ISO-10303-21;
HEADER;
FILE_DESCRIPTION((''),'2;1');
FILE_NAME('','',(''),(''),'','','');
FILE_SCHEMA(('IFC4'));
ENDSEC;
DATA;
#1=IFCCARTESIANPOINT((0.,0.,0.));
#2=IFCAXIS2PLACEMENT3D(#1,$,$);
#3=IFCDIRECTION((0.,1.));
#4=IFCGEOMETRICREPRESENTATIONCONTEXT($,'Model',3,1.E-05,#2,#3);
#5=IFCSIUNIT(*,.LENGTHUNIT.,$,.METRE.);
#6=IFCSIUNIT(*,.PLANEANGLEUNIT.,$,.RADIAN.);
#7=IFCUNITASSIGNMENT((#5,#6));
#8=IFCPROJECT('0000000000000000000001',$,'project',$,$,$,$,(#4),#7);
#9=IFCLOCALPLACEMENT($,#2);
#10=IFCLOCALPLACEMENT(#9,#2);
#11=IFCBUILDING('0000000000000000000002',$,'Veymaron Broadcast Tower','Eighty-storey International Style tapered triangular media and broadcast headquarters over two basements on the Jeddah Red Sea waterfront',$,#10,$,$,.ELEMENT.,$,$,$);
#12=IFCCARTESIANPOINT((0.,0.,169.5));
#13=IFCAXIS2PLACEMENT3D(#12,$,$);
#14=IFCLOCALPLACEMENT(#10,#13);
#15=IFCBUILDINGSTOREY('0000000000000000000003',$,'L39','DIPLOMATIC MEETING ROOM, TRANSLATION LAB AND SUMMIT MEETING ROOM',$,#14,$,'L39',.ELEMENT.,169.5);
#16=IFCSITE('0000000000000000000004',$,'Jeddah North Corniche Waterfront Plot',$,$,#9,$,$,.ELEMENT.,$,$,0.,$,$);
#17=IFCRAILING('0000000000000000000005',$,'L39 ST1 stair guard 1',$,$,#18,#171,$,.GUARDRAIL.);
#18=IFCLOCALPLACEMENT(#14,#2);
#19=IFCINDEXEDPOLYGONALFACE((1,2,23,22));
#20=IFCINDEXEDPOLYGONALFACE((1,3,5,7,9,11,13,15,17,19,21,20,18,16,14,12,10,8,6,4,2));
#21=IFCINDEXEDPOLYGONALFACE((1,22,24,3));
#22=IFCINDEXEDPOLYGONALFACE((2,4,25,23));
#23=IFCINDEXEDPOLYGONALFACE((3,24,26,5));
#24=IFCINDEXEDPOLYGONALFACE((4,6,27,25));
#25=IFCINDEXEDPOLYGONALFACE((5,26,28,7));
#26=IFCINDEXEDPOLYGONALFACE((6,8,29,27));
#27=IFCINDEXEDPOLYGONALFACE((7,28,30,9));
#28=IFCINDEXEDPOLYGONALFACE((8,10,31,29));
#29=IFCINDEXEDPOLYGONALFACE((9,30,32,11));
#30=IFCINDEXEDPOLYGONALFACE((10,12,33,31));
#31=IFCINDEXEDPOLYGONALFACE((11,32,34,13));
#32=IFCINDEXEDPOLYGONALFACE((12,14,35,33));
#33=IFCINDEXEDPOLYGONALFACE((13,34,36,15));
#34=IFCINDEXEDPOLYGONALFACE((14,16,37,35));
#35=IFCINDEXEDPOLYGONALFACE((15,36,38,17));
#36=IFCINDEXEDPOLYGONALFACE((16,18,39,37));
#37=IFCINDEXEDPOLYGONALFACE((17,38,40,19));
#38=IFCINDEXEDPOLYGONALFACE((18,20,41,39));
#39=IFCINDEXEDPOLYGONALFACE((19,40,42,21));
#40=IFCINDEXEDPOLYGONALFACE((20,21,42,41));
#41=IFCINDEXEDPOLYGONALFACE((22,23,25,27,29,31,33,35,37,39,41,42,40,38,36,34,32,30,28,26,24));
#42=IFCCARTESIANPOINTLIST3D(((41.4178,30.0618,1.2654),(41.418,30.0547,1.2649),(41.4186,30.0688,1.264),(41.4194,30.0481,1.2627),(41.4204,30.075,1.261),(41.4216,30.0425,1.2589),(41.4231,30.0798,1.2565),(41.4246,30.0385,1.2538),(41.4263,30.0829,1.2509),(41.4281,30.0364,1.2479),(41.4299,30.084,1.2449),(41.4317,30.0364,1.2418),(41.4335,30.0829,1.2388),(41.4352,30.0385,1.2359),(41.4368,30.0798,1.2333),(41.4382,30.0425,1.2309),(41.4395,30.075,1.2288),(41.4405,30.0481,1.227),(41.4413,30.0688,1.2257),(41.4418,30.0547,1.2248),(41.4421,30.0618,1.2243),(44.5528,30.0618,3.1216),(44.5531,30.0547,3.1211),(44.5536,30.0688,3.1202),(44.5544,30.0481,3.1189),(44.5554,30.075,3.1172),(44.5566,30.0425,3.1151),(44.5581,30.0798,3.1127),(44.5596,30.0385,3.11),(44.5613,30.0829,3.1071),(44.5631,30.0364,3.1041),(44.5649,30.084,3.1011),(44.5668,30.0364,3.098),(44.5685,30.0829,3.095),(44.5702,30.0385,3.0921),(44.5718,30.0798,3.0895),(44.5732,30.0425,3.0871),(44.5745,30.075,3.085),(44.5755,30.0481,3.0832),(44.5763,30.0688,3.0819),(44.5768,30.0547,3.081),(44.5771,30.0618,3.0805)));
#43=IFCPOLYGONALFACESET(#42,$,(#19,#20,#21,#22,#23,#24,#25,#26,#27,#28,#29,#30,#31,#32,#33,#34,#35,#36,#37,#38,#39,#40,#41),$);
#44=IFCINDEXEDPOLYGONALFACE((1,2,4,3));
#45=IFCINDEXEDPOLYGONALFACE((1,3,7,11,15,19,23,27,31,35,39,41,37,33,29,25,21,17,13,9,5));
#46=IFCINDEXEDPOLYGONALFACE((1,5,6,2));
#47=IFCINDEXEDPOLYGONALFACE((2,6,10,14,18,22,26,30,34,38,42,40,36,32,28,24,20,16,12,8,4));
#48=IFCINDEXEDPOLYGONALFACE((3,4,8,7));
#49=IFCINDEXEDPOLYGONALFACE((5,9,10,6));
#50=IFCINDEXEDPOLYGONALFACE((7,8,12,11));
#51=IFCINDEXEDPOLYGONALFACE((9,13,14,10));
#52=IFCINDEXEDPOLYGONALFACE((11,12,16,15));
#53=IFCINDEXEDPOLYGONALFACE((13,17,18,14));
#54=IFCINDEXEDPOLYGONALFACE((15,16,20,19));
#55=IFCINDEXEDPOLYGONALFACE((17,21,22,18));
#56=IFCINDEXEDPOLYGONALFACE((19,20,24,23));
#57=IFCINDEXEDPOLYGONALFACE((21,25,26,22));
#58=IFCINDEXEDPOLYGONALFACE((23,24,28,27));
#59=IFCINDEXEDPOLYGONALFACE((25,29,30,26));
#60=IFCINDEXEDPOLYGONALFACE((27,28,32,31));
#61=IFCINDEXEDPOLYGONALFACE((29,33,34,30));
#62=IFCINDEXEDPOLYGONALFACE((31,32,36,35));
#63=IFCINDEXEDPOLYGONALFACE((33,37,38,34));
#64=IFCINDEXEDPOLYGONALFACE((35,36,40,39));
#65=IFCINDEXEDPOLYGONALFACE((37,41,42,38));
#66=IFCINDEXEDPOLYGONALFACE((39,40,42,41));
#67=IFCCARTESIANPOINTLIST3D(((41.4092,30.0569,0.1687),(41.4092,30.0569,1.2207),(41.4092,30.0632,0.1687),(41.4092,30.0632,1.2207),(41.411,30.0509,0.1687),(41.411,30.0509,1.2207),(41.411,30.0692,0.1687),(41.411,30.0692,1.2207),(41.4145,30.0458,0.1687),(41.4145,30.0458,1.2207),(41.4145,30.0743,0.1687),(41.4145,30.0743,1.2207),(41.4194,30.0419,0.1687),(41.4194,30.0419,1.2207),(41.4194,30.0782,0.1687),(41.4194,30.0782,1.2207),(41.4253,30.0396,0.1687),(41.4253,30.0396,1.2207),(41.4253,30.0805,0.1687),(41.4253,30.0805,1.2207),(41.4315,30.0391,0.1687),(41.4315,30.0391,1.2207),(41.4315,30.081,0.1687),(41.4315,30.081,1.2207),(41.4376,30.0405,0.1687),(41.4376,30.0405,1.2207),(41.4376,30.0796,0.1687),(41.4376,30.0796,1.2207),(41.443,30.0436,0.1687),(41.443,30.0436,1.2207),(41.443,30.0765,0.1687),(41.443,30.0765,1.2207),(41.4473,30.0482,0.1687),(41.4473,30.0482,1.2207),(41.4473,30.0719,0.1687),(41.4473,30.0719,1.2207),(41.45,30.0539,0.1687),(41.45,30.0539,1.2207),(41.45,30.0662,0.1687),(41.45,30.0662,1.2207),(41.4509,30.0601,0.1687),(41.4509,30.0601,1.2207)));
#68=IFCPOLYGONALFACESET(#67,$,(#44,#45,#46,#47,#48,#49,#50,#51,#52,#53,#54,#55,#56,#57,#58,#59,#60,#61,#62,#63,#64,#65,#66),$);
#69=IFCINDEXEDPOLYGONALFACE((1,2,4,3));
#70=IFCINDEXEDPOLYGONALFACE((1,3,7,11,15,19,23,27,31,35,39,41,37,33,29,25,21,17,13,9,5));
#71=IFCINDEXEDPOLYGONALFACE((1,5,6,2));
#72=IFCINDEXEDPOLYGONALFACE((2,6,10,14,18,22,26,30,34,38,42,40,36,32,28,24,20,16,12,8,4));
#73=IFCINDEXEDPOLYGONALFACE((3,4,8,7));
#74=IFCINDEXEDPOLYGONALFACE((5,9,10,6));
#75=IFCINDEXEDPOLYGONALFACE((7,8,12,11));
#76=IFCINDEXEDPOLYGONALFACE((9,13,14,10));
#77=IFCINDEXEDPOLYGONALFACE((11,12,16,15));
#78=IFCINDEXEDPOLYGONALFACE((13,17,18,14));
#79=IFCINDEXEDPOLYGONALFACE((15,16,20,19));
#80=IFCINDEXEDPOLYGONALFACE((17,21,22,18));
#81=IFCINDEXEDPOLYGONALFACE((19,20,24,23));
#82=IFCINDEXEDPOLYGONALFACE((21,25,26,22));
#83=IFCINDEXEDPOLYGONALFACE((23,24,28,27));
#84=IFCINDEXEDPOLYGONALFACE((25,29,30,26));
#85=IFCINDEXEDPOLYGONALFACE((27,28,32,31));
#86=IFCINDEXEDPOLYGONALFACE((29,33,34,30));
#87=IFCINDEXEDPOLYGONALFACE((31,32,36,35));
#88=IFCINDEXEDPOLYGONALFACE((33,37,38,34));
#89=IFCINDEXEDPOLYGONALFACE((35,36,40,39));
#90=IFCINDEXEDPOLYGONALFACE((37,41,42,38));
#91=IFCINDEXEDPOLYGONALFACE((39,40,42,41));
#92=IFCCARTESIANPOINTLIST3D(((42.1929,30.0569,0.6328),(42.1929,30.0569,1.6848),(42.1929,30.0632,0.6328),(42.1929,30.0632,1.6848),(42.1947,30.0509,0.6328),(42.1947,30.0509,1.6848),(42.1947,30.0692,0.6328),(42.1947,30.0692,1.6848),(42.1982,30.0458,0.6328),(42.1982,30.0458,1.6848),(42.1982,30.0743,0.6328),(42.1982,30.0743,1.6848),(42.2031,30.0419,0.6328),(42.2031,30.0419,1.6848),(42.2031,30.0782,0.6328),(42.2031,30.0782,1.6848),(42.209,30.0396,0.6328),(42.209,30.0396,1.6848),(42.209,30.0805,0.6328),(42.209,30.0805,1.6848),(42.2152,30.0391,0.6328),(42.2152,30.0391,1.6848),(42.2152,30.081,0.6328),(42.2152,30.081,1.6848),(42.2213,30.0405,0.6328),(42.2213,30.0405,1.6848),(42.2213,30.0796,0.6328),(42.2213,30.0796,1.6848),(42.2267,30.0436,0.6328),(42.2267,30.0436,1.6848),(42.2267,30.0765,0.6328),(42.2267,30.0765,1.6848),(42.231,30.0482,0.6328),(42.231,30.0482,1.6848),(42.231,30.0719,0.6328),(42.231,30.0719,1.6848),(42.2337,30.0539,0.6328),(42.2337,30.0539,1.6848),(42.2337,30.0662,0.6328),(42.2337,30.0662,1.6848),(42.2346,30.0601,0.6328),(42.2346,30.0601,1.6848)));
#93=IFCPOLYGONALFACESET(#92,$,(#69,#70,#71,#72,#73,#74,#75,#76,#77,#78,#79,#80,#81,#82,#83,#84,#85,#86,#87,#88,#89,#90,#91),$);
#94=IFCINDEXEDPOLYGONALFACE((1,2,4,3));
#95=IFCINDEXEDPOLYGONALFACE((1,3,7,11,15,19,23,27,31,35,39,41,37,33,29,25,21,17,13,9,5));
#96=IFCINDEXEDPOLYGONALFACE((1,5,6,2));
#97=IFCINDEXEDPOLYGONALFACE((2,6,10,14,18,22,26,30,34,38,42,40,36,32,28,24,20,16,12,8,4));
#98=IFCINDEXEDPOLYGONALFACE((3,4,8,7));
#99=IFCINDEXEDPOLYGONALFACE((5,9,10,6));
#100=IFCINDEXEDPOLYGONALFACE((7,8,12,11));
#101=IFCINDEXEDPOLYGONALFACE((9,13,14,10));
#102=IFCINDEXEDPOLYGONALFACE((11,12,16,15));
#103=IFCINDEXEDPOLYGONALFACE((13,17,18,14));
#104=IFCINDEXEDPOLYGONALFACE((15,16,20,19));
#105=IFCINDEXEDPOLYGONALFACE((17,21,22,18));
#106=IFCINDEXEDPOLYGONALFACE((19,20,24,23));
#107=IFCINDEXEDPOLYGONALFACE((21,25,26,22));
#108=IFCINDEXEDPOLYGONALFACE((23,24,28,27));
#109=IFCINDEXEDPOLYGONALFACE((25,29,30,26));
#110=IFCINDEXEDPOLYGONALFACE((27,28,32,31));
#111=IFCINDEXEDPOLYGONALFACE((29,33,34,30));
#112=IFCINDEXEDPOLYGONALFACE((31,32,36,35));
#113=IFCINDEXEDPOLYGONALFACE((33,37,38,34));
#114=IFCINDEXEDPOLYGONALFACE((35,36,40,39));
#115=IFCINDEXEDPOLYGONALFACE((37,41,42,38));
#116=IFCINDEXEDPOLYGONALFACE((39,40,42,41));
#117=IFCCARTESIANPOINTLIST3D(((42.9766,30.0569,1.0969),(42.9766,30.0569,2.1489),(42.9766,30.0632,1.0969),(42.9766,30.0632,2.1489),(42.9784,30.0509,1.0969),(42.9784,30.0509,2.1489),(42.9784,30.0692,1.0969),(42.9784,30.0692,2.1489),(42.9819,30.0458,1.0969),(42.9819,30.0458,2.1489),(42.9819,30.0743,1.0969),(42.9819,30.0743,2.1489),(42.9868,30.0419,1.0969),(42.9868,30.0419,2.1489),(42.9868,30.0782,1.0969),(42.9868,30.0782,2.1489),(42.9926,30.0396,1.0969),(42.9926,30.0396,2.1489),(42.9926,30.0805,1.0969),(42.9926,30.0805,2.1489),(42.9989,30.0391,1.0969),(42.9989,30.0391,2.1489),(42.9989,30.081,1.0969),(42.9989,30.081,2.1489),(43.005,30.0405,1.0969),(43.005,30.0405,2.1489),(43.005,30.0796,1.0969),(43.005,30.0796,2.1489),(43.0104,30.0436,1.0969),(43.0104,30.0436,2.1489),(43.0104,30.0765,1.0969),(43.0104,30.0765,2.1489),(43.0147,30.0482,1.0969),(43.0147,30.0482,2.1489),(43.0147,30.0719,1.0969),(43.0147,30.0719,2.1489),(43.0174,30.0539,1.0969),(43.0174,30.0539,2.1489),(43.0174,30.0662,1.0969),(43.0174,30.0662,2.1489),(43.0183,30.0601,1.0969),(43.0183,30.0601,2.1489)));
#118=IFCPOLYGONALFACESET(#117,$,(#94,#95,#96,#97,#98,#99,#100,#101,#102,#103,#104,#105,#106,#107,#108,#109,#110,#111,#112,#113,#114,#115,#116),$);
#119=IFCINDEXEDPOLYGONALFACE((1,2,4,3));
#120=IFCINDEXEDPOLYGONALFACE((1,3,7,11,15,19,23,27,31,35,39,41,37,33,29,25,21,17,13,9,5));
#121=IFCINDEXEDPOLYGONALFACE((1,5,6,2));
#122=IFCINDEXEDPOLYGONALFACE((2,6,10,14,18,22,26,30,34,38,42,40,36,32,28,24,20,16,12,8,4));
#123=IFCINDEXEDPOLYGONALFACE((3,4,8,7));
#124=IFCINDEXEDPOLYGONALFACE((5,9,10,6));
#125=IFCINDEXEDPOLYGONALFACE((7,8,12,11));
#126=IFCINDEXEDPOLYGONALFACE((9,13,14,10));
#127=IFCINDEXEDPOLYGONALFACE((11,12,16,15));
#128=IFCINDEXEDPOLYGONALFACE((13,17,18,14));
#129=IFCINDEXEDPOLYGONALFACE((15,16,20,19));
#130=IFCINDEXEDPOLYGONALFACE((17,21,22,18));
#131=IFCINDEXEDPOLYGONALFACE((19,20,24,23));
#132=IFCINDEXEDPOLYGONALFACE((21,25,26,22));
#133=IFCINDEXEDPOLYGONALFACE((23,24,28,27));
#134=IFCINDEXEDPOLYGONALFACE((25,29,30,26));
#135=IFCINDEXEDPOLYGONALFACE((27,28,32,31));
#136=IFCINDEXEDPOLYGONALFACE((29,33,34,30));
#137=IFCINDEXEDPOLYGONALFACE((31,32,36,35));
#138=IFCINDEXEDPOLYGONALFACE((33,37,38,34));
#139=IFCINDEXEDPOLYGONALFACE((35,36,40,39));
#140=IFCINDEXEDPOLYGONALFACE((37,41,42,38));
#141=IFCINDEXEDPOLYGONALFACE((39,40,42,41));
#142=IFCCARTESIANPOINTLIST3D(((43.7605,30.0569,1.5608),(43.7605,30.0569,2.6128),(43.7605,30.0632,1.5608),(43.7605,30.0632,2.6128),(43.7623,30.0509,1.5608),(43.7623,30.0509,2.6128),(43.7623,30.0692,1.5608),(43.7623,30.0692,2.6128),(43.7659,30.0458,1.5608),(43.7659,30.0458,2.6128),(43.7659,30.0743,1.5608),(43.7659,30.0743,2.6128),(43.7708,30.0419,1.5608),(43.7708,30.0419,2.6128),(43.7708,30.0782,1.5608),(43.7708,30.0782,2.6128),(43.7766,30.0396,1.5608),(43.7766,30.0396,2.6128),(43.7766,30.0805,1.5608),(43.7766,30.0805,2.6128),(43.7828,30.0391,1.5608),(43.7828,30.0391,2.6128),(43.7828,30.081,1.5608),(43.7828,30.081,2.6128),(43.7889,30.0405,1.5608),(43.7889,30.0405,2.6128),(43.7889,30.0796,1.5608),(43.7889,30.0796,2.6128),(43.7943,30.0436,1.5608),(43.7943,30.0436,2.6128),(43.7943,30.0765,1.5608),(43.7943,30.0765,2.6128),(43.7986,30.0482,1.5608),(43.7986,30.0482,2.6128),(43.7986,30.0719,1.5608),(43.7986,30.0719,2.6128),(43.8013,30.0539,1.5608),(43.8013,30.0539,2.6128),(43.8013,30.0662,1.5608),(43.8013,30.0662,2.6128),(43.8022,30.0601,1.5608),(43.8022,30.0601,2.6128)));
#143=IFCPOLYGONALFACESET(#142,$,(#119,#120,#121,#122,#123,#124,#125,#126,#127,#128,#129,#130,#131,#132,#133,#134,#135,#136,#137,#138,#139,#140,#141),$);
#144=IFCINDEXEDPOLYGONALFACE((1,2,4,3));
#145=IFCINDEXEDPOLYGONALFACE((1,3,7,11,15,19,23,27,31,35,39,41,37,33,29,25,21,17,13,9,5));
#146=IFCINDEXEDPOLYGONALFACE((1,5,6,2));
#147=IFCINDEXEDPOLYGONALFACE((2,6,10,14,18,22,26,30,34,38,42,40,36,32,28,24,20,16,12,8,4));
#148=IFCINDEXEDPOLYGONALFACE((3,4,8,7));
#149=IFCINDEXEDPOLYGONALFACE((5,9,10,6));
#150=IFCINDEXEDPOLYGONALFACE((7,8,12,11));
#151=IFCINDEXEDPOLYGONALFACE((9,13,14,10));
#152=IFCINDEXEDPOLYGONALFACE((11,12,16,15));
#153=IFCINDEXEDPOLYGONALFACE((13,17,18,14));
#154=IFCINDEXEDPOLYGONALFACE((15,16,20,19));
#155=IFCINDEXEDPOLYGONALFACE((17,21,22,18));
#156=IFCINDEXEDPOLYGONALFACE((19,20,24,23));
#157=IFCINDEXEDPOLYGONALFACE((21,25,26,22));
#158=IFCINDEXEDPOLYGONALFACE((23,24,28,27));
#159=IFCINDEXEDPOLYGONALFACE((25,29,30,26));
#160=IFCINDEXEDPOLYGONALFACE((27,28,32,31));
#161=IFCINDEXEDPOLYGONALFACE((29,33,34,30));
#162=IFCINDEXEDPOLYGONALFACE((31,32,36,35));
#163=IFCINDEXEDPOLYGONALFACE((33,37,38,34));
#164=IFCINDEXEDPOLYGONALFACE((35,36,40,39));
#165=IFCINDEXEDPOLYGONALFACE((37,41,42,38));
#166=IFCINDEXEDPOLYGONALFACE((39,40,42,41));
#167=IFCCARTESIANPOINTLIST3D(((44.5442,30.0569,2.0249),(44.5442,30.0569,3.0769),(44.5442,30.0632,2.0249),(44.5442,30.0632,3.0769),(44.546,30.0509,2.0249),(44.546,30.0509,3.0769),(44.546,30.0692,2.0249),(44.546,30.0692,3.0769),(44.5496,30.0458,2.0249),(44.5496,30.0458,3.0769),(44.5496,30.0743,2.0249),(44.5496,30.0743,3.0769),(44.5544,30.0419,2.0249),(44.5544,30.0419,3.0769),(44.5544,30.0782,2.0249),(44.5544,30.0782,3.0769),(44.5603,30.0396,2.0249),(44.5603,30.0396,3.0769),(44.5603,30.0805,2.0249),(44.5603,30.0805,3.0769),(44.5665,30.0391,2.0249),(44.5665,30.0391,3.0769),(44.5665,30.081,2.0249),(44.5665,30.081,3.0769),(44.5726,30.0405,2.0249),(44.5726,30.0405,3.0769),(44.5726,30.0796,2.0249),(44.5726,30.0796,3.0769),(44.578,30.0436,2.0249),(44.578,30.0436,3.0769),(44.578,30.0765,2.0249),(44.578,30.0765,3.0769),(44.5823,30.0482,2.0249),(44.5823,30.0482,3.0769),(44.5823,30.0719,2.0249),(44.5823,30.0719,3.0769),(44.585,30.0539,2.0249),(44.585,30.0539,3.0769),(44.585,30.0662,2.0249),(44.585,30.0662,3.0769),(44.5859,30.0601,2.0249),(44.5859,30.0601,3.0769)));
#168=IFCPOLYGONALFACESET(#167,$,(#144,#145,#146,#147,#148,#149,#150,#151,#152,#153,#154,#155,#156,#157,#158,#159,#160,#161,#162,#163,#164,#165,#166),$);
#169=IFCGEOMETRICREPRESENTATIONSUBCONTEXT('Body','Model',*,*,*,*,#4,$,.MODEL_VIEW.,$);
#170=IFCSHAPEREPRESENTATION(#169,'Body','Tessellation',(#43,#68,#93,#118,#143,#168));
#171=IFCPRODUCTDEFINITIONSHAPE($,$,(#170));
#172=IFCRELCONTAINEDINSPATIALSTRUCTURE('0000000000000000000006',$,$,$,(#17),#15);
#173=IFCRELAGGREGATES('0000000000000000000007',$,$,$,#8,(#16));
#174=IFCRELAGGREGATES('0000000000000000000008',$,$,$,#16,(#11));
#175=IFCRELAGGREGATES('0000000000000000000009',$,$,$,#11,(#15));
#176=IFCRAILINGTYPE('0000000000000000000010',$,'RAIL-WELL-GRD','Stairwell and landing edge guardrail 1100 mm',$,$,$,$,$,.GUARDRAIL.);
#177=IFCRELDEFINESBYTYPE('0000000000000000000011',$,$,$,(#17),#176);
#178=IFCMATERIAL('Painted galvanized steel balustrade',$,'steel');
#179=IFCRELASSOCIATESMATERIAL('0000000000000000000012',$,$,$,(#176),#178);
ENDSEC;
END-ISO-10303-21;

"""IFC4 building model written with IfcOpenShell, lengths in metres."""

from ifc_helpers import new_model, si_unit, direction, frame, origin, origin_2d, place, context, subcontext, project, spatial, circle, extrude, material, type_object, element, save


model = new_model("IFC4")

# Units and contexts
model_context = context("Model", 3, precision=1e-05, world=origin(), true_north=direction((0.0, 1.0)))
body_context = subcontext(model_context, "Body", "Model", "MODEL_VIEW")
ifc_project = project(units=[si_unit("LENGTHUNIT", "METRE"), si_unit("PLANEANGLEUNIT", "RADIAN")], contexts=[model_context])

# Site, building, storey
site_placement = place(None, origin())
site = spatial("IfcSite", under=ifc_project, at=site_placement, Name="Jeddah North Corniche Waterfront Plot", CompositionType="ELEMENT", RefElevation=0.0)
building_placement = place(site_placement, origin())
building = spatial("IfcBuilding", under=site, at=building_placement, Name="Veymaron Broadcast Tower", Description="Eighty-storey International Style tapered triangular media and broadcast headquarters over two basements on the Jeddah Red Sea waterfront", CompositionType="ELEMENT")
storey_placement = place(building_placement, frame((0.0, 0.0, 169.5)))
storey = spatial("IfcBuildingStorey", under=building, at=storey_placement, Name="L39", Description="DIPLOMATIC MEETING ROOM, TRANSLATION LAB AND SUMMIT MEETING ROOM", LongName="L39", CompositionType="ELEMENT", Elevation=169.5)

# Railing
ifc_material_1 = material(Name="Painted galvanized steel balustrade", Category="steel")
railing_type_1 = type_object("IfcRailingType", Name="RAIL-WELL-GRD", Description="Stairwell and landing edge guardrail 1100 mm", PredefinedType="GUARDRAIL", material=ifc_material_1)
railing_1_placement = place(storey_placement, frame((41.4299, 30.0601, 0.1687)))
element("IfcRailing", 1, at=railing_1_placement, inside=storey, type_object=railing_type_1, Name="L39 ST1 stair guard 1", PredefinedType="GUARDRAIL", context=body_context, shape_type="SweptSolid", body=[
    extrude(circle(Radius=0.0239, at=origin_2d()), frame((0.0, 0.0, 1.0762), z_axis=(0.860482, 0.0, 0.509481), x_axis=(0.0, 1.0, 0.0)), (0.0, 0.0, 1.0), 3.6433),
    extrude(circle(Radius=0.021, at=origin_2d()), origin(), (0.0, 0.0, 1.0), 1.052),
    extrude(circle(Radius=0.021, at=origin_2d()), frame((0.7837, 0.0, 0.4641)), (0.0, 0.0, 1.0), 1.052),
    extrude(circle(Radius=0.021, at=origin_2d()), frame((1.5674, 0.0, 0.9282)), (0.0, 0.0, 1.0), 1.052),
    extrude(circle(Radius=0.021, at=origin_2d()), frame((2.3513, 0.0, 1.3921)), (0.0, 0.0, 1.0), 1.052),
    extrude(circle(Radius=0.021, at=origin_2d()), frame((3.135, 0.0, 1.8562)), (0.0, 0.0, 1.0), 1.052),
])

save(model, "model.ifc")
